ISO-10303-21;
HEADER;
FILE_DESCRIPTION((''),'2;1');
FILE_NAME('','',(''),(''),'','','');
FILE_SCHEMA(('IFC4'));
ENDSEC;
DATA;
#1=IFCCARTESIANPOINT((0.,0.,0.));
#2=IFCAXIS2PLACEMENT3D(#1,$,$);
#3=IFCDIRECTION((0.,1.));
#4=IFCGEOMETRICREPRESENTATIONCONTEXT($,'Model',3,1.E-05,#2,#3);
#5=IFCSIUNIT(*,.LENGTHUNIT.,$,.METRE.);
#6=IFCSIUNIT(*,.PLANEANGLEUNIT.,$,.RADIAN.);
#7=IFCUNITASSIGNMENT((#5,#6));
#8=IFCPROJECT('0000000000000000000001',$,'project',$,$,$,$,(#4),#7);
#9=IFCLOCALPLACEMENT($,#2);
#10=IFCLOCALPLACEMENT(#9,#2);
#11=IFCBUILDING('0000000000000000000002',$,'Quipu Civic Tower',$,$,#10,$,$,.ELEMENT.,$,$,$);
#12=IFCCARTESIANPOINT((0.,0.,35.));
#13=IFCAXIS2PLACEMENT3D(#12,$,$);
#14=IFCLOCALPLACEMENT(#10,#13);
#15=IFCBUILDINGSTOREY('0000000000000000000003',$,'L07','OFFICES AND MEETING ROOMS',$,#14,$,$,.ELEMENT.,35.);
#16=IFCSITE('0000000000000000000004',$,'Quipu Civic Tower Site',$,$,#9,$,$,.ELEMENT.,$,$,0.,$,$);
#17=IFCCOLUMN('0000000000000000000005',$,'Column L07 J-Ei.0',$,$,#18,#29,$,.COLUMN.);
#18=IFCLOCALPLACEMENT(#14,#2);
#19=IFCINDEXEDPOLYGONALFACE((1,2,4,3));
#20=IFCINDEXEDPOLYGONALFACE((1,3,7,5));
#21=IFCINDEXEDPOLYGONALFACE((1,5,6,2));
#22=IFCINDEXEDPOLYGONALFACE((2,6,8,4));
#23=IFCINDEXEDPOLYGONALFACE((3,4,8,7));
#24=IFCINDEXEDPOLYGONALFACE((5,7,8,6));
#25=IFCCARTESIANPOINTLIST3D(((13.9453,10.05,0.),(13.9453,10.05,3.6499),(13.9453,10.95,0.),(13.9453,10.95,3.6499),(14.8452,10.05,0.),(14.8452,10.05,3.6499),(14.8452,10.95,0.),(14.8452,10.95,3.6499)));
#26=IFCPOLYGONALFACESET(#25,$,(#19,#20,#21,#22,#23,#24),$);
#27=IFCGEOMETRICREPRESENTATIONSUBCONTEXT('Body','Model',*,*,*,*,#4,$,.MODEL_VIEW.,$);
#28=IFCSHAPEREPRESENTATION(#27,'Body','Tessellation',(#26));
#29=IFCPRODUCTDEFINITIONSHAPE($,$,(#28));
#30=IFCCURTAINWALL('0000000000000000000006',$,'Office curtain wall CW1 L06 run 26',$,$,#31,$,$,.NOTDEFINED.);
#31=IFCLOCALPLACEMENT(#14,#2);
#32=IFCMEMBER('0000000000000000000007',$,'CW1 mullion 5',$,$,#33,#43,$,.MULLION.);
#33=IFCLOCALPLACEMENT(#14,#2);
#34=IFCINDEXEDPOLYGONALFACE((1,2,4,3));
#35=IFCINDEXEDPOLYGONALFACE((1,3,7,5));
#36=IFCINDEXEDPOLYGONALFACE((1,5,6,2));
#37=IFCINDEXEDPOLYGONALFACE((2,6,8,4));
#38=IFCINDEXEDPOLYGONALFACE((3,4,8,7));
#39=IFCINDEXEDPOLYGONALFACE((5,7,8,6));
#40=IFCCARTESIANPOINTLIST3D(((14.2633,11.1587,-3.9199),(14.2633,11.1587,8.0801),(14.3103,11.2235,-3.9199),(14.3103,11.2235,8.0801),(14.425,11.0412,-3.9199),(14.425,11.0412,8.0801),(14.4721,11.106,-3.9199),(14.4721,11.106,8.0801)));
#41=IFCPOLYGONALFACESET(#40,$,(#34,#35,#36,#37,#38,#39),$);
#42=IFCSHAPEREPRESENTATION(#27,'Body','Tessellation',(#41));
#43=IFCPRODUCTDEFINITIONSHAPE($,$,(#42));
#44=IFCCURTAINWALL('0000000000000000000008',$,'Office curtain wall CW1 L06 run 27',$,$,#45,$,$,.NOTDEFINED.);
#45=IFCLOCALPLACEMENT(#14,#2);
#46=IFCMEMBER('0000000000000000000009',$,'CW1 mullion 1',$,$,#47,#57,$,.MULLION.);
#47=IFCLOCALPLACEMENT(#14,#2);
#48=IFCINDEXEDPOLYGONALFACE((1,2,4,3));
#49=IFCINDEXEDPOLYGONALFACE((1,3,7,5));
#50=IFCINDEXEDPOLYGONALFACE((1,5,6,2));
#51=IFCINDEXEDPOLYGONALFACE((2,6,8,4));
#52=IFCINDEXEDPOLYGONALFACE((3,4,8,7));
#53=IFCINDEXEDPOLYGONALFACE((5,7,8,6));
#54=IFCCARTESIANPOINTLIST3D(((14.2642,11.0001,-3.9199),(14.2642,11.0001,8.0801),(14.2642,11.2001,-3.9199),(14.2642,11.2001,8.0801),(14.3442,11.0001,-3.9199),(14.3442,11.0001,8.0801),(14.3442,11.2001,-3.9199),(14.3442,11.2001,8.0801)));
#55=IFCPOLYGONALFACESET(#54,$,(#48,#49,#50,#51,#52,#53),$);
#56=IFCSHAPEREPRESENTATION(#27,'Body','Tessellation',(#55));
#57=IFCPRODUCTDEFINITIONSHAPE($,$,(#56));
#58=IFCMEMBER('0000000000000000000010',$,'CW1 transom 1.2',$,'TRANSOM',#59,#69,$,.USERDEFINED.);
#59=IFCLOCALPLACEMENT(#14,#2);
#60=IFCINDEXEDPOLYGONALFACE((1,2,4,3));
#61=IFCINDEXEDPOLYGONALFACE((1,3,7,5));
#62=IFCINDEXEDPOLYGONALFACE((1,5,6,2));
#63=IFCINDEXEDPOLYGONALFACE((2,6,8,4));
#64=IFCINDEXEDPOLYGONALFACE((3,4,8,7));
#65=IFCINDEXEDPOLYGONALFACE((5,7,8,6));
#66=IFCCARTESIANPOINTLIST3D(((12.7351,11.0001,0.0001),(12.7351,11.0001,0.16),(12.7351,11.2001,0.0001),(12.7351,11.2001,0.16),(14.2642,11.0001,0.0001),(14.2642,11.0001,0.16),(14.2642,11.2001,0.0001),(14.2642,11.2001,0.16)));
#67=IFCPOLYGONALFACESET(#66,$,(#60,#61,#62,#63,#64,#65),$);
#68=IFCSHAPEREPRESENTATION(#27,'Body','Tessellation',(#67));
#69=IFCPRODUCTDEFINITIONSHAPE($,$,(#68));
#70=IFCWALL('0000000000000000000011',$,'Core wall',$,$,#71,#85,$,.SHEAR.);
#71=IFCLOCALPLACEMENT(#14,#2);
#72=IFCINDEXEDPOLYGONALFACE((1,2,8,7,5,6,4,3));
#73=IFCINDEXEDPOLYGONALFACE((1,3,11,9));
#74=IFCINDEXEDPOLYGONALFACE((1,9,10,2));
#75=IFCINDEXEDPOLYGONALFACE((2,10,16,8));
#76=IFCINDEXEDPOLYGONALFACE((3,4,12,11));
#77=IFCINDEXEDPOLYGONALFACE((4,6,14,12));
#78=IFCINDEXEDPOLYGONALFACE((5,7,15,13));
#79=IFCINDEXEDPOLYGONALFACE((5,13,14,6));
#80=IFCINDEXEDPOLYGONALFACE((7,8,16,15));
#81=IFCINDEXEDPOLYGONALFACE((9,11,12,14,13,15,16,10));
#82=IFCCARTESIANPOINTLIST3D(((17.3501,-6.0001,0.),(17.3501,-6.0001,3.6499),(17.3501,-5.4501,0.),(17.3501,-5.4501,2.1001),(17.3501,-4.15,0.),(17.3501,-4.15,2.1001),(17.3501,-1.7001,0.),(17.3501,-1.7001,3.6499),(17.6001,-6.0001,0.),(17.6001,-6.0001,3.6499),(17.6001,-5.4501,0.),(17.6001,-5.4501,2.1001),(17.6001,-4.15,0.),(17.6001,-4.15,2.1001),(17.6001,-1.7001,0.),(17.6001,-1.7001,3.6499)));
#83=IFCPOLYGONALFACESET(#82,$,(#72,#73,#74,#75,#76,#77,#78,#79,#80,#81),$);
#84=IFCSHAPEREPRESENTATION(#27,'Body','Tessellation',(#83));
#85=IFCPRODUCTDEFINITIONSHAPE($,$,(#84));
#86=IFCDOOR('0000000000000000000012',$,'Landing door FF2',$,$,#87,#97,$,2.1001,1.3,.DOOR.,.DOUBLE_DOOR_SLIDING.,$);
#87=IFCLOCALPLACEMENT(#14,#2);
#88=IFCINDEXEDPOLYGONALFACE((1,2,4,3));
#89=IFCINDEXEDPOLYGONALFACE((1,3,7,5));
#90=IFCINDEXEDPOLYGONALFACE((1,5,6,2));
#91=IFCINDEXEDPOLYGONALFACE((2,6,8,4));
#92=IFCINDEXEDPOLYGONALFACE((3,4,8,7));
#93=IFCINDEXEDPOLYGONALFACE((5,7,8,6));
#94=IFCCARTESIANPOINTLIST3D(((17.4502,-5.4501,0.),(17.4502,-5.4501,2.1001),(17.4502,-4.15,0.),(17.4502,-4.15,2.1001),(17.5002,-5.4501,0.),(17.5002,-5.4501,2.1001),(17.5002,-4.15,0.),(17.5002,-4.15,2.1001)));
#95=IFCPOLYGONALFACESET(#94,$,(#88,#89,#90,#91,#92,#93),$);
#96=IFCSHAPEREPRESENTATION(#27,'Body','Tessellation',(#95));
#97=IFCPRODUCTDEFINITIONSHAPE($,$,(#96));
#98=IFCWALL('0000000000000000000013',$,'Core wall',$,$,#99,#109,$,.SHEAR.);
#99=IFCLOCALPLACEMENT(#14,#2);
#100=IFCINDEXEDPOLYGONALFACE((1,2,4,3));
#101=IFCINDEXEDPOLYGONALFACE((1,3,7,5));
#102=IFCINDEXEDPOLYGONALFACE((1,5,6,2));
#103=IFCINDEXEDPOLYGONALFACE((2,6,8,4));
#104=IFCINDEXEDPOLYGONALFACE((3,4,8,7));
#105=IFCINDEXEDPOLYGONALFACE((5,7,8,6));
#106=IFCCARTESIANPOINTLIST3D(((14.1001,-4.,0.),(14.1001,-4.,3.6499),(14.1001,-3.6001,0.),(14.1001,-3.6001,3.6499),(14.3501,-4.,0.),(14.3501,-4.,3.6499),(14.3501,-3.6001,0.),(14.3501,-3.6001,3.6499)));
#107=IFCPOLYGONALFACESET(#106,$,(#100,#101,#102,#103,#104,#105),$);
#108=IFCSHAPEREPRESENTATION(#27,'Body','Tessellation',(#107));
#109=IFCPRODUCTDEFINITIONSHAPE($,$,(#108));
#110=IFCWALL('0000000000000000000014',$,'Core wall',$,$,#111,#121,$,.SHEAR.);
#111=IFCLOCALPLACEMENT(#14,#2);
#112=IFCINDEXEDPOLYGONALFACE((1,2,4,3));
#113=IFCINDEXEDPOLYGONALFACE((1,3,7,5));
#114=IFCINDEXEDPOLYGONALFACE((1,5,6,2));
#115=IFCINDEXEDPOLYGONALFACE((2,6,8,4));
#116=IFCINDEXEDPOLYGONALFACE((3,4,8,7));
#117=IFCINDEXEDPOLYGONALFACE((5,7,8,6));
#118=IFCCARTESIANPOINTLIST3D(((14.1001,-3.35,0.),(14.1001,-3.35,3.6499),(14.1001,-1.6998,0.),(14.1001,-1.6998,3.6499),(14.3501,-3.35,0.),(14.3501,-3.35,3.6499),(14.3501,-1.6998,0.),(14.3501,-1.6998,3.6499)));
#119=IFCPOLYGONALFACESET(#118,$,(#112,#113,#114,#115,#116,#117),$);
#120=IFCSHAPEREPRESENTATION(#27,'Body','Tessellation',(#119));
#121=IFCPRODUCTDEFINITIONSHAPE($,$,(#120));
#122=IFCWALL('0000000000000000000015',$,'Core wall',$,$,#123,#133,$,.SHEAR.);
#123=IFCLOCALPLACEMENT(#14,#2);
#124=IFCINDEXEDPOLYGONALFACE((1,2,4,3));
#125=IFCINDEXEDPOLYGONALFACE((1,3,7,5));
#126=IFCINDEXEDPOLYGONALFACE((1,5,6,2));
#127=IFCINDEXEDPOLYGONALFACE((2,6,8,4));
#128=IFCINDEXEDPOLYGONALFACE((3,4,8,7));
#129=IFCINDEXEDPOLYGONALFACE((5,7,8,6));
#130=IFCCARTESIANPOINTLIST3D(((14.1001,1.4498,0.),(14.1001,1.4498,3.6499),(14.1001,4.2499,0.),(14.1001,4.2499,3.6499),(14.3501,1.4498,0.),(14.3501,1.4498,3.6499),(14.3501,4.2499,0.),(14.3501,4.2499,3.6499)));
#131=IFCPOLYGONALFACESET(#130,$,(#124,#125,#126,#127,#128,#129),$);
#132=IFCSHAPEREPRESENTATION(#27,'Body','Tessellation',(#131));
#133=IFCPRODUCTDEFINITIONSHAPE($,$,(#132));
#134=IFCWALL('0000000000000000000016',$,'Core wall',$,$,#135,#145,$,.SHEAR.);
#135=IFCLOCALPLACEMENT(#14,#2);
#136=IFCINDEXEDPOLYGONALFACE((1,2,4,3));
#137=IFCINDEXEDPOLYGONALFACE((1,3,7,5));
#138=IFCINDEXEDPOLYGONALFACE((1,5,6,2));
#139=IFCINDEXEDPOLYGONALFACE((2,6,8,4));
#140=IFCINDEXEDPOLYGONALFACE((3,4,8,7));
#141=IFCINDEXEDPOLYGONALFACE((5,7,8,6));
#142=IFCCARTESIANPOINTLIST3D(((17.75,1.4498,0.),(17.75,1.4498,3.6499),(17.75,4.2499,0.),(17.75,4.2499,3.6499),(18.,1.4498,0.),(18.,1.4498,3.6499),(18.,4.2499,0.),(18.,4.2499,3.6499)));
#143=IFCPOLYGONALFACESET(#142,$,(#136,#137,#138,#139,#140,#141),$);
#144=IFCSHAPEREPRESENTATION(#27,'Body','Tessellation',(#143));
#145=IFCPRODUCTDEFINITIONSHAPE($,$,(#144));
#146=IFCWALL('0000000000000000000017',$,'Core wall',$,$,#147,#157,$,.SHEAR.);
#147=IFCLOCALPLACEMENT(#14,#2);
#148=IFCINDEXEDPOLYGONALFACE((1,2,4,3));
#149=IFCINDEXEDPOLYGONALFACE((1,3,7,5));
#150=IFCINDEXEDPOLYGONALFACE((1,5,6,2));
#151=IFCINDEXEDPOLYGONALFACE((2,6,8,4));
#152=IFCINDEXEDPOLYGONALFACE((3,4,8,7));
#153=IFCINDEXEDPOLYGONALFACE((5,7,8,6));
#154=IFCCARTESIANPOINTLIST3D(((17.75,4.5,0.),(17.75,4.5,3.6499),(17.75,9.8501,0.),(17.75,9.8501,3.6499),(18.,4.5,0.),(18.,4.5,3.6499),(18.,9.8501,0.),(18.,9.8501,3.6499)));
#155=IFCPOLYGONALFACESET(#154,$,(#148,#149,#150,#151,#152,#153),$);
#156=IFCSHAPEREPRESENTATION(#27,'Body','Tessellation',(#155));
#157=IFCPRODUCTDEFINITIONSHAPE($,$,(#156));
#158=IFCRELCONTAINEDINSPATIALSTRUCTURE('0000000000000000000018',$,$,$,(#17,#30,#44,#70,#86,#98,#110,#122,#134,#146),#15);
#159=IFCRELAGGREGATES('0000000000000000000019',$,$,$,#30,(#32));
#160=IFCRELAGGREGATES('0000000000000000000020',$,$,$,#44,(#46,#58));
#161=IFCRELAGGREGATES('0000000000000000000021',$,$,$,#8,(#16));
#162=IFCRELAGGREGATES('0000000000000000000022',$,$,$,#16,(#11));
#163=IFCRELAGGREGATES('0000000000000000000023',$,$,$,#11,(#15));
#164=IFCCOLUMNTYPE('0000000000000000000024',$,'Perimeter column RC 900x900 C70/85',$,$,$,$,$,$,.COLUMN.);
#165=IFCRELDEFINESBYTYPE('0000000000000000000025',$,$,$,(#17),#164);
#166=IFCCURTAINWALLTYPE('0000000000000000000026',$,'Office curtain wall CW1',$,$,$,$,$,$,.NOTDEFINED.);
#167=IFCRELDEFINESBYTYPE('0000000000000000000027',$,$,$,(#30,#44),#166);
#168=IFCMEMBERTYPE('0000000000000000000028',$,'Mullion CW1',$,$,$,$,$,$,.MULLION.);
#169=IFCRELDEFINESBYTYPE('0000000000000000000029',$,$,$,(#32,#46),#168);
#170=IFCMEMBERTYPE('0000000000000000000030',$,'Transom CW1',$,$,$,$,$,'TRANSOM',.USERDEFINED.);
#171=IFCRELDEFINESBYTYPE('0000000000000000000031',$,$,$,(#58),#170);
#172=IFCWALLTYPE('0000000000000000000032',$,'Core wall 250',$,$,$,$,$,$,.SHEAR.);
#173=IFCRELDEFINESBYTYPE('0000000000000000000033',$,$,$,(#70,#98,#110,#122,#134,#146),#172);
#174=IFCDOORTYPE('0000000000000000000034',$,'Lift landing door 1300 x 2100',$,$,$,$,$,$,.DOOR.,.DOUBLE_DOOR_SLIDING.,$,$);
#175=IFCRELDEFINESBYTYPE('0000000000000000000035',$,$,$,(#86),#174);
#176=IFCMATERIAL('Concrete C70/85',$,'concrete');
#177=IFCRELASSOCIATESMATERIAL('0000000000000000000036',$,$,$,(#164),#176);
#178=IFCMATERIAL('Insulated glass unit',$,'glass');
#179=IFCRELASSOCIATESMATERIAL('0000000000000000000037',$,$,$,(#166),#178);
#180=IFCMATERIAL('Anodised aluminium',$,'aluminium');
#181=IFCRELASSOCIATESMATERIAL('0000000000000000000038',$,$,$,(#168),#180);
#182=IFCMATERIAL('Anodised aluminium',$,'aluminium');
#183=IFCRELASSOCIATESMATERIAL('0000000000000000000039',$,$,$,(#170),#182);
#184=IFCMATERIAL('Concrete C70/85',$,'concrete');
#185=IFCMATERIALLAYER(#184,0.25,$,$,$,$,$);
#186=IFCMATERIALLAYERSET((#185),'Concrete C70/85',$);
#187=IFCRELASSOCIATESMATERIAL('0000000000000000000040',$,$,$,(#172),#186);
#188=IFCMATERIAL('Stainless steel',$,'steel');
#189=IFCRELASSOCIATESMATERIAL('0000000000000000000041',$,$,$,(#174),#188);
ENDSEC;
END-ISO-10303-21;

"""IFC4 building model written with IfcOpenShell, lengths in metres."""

from ifc_helpers import new_model, si_unit, direction, frame, frame_2d, origin, origin_2d, place, context, subcontext, project, spatial, rectangle, extrude, material, layer, layer_set, material_profile, profile_set, type_object, element, fill, aggregate, save


model = new_model("IFC4")

# Units and contexts
model_context = context("Model", 3, precision=1e-05, world=origin(), true_north=direction((0.0, 1.0)))
body_context = subcontext(model_context, "Body", "Model", "MODEL_VIEW")
ifc_project = project(units=[si_unit("LENGTHUNIT", "METRE"), si_unit("PLANEANGLEUNIT", "RADIAN")], contexts=[model_context])

# Site, building, storey
site_placement = place(None, origin())
site = spatial("IfcSite", under=ifc_project, at=site_placement, Name="Quipu Civic Tower Site", CompositionType="ELEMENT", RefElevation=0.0)
building_placement = place(site_placement, origin())
building = spatial("IfcBuilding", under=site, at=building_placement, Name="Quipu Civic Tower", CompositionType="ELEMENT")
storey_placement = place(building_placement, frame((0.0, 0.0, 35.0)))
storey = spatial("IfcBuildingStorey", under=building, at=storey_placement, Name="L07", Description="OFFICES AND MEETING ROOMS", CompositionType="ELEMENT", Elevation=35.0)

# Column
ifc_material_1 = material(Name="Concrete C70/85", Category="concrete")
ifc_material_profile_1 = material_profile(ifc_material_1, rectangle(XDim=0.8999, YDim=0.8999, at=origin_2d()), Name="RC900x900")
ifc_profile_set_1 = profile_set([ifc_material_profile_1], Name="Concrete C70/85")
column_type = type_object("IfcColumnType", Name="Perimeter column RC 900x900 C70/85", PredefinedType="COLUMN", material=ifc_profile_set_1)
column_placement = place(storey_placement, frame((14.3953, 10.5, 0.0), z_axis=(0.0, 0.0, 1.0), x_axis=(-1.0, 0.0, 0.0)))
element("IfcColumn", 1, at=column_placement, inside=storey, type_object=column_type, Name="Column L07 J-Ei.0", PredefinedType="COLUMN", context=body_context, shape_type="SweptSolid", body=[
    extrude(rectangle(XDim=0.8999, YDim=0.8999, at=origin_2d()), origin(), (0.0, 0.0, 1.0), 3.6499),
])

# Curtain wall, member
ifc_material_2 = material(Name="Insulated glass unit", Category="glass")
curtain_wall_type = type_object("IfcCurtainWallType", Name="Office curtain wall CW1", PredefinedType="NOTDEFINED", material=ifc_material_2)
curtain_wall_1_placement = place(storey_placement, origin())
curtain_wall_1 = element("IfcCurtainWall", 2, at=curtain_wall_1_placement, inside=storey, type_object=curtain_wall_type, Name="Office curtain wall CW1 L06 run 26", PredefinedType="NOTDEFINED")
ifc_material_3 = material(Name="Anodised aluminium", Category="aluminium")
ifc_material_profile_2 = material_profile(ifc_material_3, rectangle(XDim=0.2, YDim=0.0801, at=origin_2d()), Name="RECT 200x80")
ifc_profile_set_2 = profile_set([ifc_material_profile_2], Name="Anodised aluminium")
member_type_1 = type_object("IfcMemberType", Name="Mullion CW1", PredefinedType="MULLION", material=ifc_profile_set_2)
member_1_placement = place(storey_placement, frame((14.3677, 11.1323, -3.9199), z_axis=(0.0, 0.0, 1.0), x_axis=(0.809017, -0.587786, 0.0)))
member_1 = element("IfcMember", 3, at=member_1_placement, type_object=member_type_1, Name="CW1 mullion 5", PredefinedType="MULLION", context=body_context, shape_type="SweptSolid", body=[
    extrude(rectangle(XDim=0.2, YDim=0.0801, at=origin_2d()), origin(), (0.0, 0.0, 1.0), 12.0),
])
aggregate(curtain_wall_1, [member_1])

# Curtain wall, members
curtain_wall_2_placement = place(storey_placement, origin())
curtain_wall_2 = element("IfcCurtainWall", 4, at=curtain_wall_2_placement, inside=storey, type_object=curtain_wall_type, Name="Office curtain wall CW1 L06 run 27", PredefinedType="NOTDEFINED")
member_2_placement = place(storey_placement, frame((14.3042, 11.1001, -3.9199), z_axis=(0.0, 0.0, 1.0), x_axis=(0.0, -1.0, 0.0)))
member_2 = element("IfcMember", 5, at=member_2_placement, type_object=member_type_1, Name="CW1 mullion 1", PredefinedType="MULLION", context=body_context, shape_type="SweptSolid", body=[
    extrude(rectangle(XDim=0.2, YDim=0.0801, at=origin_2d()), origin(), (0.0, 0.0, 1.0), 12.0),
])
ifc_material_4 = material(Name="Anodised aluminium", Category="aluminium")
ifc_material_profile_3 = material_profile(ifc_material_4, rectangle(XDim=0.2, YDim=0.1599, at=origin_2d()), Name="RECT 200x160")
ifc_profile_set_3 = profile_set([ifc_material_profile_3], Name="Anodised aluminium")
member_type_2 = type_object("IfcMemberType", Name="Transom CW1", ElementType="TRANSOM", PredefinedType="USERDEFINED", material=ifc_profile_set_3)
member_3_placement = place(storey_placement, frame((14.2642, 11.1001, 0.0801), z_axis=(-1.0, 0.0, 0.0), x_axis=(0.0, -1.0, 0.0)))
member_3 = element("IfcMember", 6, at=member_3_placement, type_object=member_type_2, Name="CW1 transom 1.2", ObjectType="TRANSOM", PredefinedType="USERDEFINED", context=body_context, shape_type="SweptSolid", body=[
    extrude(rectangle(XDim=0.2, YDim=0.1599, at=origin_2d()), origin(), (0.0, 0.0, 1.0), 1.5291),
])
aggregate(curtain_wall_2, [member_2, member_3])

# Wall, opening, door
ifc_material_5 = material(Name="Concrete C70/85", Category="concrete")
ifc_layer_1 = layer(ifc_material_5, 0.25)
ifc_layer_set_1 = layer_set([ifc_layer_1], Name="Concrete C70/85")
wall_type_1 = type_object("IfcWallType", Name="Core wall 250", PredefinedType="SHEAR", material=ifc_layer_set_1)
wall_1_placement = place(storey_placement, frame((17.4751, -6.0, 0.0), z_axis=(0.0, 0.0, 1.0), x_axis=(0.0, 1.0, 0.0)))
wall_1 = element("IfcWall", 7, at=wall_1_placement, inside=storey, type_object=wall_type_1, Name="Core wall", PredefinedType="SHEAR", context=body_context, shape_type="SweptSolid", body=[
    extrude(rectangle(XDim=4.3, YDim=0.25, at=frame_2d((2.1499, 0.0))), origin(), (0.0, 0.0, 1.0), 3.6499),
])
opening_1_placement = place(wall_1_placement, frame((0.55, 0.0, 0.0)))
opening_1 = element("IfcOpeningElement", 8, at=opening_1_placement, cuts=wall_1, PredefinedType="OPENING", context=body_context, shape_type="SweptSolid", body=[
    extrude(rectangle(XDim=1.3, YDim=2.1001, at=frame_2d((0.6499, 1.05))), frame((0.0, 0.135, 0.0), z_axis=(0.0, -1.0, 0.0), x_axis=(1.0, 0.0, 0.0)), (0.0, 0.0, 1.0), 0.27),
])
ifc_material_6 = material(Name="Stainless steel", Category="steel")
door_type_1 = type_object("IfcDoorType", Name="Lift landing door 1300 x 2100", OperationType="DOUBLE_DOOR_SLIDING", PredefinedType="DOOR", material=ifc_material_6)
door_1_placement = place(opening_1_placement, origin())
door_1 = element("IfcDoor", 9, at=door_1_placement, inside=storey, type_object=door_type_1, Name="Landing door FF2", OperationType="DOUBLE_DOOR_SLIDING", OverallHeight=2.1001, OverallWidth=1.3, PredefinedType="DOOR", context=body_context, shape_type="SweptSolid", body=[
    extrude(rectangle(XDim=1.3, YDim=2.1001, at=frame_2d((0.6499, 1.05))), frame((0.0, 0.0249, 0.0), z_axis=(0.0, -1.0, 0.0), x_axis=(1.0, 0.0, 0.0)), (0.0, 0.0, 1.0), 0.05),
])
fill(opening_1, door_1)

# Walls
wall_2_placement = place(storey_placement, frame((14.2251, -4.0, 0.0), z_axis=(0.0, 0.0, 1.0), x_axis=(0.0, 1.0, 0.0)))
element("IfcWall", 10, at=wall_2_placement, inside=storey, type_object=wall_type_1, Name="Core wall", PredefinedType="SHEAR", context=body_context, shape_type="SweptSolid", body=[
    extrude(rectangle(XDim=0.3999, YDim=0.25, at=frame_2d((0.2, 0.0))), origin(), (0.0, 0.0, 1.0), 3.6499),
])
wall_3_placement = place(storey_placement, frame((14.2251, -3.3501, 0.0), z_axis=(0.0, 0.0, 1.0), x_axis=(0.0, 1.0, 0.0)))
element("IfcWall", 11, at=wall_3_placement, inside=storey, type_object=wall_type_1, Name="Core wall", PredefinedType="SHEAR", context=body_context, shape_type="SweptSolid", body=[
    extrude(rectangle(XDim=1.6501, YDim=0.25, at=frame_2d((0.8252, 0.0))), origin(), (0.0, 0.0, 1.0), 3.6499),
])
for number, where, z_axis, x_axis, name in (
    (12, (14.2251, 1.45, 0.0), (0.0, 0.0, 1.0), (0.0, 1.0, 0.0), "Core wall"),
    (13, (17.875, 1.45, 0.0), (0.0, 0.0, 1.0), (0.0, 1.0, 0.0), "Core wall"),
):
    element("IfcWall", number, at=place(storey_placement, frame(where, z_axis=z_axis, x_axis=x_axis)), inside=storey, type_object=wall_type_1, Name=name, PredefinedType="SHEAR", context=body_context, shape_type="SweptSolid", body=[
        extrude(rectangle(XDim=2.8, YDim=0.25, at=frame_2d((1.3999, 0.0))), origin(), (0.0, 0.0, 1.0), 3.6499),
    ])
wall_4_placement = place(storey_placement, frame((17.875, 4.5, 0.0), z_axis=(0.0, 0.0, 1.0), x_axis=(0.0, 1.0, 0.0)))
element("IfcWall", 14, at=wall_4_placement, inside=storey, type_object=wall_type_1, Name="Core wall", PredefinedType="SHEAR", context=body_context, shape_type="SweptSolid", body=[
    extrude(rectangle(XDim=5.3501, YDim=0.25, at=frame_2d((2.675, 0.0))), origin(), (0.0, 0.0, 1.0), 3.6499),
])

save(model, "model.ifc")
